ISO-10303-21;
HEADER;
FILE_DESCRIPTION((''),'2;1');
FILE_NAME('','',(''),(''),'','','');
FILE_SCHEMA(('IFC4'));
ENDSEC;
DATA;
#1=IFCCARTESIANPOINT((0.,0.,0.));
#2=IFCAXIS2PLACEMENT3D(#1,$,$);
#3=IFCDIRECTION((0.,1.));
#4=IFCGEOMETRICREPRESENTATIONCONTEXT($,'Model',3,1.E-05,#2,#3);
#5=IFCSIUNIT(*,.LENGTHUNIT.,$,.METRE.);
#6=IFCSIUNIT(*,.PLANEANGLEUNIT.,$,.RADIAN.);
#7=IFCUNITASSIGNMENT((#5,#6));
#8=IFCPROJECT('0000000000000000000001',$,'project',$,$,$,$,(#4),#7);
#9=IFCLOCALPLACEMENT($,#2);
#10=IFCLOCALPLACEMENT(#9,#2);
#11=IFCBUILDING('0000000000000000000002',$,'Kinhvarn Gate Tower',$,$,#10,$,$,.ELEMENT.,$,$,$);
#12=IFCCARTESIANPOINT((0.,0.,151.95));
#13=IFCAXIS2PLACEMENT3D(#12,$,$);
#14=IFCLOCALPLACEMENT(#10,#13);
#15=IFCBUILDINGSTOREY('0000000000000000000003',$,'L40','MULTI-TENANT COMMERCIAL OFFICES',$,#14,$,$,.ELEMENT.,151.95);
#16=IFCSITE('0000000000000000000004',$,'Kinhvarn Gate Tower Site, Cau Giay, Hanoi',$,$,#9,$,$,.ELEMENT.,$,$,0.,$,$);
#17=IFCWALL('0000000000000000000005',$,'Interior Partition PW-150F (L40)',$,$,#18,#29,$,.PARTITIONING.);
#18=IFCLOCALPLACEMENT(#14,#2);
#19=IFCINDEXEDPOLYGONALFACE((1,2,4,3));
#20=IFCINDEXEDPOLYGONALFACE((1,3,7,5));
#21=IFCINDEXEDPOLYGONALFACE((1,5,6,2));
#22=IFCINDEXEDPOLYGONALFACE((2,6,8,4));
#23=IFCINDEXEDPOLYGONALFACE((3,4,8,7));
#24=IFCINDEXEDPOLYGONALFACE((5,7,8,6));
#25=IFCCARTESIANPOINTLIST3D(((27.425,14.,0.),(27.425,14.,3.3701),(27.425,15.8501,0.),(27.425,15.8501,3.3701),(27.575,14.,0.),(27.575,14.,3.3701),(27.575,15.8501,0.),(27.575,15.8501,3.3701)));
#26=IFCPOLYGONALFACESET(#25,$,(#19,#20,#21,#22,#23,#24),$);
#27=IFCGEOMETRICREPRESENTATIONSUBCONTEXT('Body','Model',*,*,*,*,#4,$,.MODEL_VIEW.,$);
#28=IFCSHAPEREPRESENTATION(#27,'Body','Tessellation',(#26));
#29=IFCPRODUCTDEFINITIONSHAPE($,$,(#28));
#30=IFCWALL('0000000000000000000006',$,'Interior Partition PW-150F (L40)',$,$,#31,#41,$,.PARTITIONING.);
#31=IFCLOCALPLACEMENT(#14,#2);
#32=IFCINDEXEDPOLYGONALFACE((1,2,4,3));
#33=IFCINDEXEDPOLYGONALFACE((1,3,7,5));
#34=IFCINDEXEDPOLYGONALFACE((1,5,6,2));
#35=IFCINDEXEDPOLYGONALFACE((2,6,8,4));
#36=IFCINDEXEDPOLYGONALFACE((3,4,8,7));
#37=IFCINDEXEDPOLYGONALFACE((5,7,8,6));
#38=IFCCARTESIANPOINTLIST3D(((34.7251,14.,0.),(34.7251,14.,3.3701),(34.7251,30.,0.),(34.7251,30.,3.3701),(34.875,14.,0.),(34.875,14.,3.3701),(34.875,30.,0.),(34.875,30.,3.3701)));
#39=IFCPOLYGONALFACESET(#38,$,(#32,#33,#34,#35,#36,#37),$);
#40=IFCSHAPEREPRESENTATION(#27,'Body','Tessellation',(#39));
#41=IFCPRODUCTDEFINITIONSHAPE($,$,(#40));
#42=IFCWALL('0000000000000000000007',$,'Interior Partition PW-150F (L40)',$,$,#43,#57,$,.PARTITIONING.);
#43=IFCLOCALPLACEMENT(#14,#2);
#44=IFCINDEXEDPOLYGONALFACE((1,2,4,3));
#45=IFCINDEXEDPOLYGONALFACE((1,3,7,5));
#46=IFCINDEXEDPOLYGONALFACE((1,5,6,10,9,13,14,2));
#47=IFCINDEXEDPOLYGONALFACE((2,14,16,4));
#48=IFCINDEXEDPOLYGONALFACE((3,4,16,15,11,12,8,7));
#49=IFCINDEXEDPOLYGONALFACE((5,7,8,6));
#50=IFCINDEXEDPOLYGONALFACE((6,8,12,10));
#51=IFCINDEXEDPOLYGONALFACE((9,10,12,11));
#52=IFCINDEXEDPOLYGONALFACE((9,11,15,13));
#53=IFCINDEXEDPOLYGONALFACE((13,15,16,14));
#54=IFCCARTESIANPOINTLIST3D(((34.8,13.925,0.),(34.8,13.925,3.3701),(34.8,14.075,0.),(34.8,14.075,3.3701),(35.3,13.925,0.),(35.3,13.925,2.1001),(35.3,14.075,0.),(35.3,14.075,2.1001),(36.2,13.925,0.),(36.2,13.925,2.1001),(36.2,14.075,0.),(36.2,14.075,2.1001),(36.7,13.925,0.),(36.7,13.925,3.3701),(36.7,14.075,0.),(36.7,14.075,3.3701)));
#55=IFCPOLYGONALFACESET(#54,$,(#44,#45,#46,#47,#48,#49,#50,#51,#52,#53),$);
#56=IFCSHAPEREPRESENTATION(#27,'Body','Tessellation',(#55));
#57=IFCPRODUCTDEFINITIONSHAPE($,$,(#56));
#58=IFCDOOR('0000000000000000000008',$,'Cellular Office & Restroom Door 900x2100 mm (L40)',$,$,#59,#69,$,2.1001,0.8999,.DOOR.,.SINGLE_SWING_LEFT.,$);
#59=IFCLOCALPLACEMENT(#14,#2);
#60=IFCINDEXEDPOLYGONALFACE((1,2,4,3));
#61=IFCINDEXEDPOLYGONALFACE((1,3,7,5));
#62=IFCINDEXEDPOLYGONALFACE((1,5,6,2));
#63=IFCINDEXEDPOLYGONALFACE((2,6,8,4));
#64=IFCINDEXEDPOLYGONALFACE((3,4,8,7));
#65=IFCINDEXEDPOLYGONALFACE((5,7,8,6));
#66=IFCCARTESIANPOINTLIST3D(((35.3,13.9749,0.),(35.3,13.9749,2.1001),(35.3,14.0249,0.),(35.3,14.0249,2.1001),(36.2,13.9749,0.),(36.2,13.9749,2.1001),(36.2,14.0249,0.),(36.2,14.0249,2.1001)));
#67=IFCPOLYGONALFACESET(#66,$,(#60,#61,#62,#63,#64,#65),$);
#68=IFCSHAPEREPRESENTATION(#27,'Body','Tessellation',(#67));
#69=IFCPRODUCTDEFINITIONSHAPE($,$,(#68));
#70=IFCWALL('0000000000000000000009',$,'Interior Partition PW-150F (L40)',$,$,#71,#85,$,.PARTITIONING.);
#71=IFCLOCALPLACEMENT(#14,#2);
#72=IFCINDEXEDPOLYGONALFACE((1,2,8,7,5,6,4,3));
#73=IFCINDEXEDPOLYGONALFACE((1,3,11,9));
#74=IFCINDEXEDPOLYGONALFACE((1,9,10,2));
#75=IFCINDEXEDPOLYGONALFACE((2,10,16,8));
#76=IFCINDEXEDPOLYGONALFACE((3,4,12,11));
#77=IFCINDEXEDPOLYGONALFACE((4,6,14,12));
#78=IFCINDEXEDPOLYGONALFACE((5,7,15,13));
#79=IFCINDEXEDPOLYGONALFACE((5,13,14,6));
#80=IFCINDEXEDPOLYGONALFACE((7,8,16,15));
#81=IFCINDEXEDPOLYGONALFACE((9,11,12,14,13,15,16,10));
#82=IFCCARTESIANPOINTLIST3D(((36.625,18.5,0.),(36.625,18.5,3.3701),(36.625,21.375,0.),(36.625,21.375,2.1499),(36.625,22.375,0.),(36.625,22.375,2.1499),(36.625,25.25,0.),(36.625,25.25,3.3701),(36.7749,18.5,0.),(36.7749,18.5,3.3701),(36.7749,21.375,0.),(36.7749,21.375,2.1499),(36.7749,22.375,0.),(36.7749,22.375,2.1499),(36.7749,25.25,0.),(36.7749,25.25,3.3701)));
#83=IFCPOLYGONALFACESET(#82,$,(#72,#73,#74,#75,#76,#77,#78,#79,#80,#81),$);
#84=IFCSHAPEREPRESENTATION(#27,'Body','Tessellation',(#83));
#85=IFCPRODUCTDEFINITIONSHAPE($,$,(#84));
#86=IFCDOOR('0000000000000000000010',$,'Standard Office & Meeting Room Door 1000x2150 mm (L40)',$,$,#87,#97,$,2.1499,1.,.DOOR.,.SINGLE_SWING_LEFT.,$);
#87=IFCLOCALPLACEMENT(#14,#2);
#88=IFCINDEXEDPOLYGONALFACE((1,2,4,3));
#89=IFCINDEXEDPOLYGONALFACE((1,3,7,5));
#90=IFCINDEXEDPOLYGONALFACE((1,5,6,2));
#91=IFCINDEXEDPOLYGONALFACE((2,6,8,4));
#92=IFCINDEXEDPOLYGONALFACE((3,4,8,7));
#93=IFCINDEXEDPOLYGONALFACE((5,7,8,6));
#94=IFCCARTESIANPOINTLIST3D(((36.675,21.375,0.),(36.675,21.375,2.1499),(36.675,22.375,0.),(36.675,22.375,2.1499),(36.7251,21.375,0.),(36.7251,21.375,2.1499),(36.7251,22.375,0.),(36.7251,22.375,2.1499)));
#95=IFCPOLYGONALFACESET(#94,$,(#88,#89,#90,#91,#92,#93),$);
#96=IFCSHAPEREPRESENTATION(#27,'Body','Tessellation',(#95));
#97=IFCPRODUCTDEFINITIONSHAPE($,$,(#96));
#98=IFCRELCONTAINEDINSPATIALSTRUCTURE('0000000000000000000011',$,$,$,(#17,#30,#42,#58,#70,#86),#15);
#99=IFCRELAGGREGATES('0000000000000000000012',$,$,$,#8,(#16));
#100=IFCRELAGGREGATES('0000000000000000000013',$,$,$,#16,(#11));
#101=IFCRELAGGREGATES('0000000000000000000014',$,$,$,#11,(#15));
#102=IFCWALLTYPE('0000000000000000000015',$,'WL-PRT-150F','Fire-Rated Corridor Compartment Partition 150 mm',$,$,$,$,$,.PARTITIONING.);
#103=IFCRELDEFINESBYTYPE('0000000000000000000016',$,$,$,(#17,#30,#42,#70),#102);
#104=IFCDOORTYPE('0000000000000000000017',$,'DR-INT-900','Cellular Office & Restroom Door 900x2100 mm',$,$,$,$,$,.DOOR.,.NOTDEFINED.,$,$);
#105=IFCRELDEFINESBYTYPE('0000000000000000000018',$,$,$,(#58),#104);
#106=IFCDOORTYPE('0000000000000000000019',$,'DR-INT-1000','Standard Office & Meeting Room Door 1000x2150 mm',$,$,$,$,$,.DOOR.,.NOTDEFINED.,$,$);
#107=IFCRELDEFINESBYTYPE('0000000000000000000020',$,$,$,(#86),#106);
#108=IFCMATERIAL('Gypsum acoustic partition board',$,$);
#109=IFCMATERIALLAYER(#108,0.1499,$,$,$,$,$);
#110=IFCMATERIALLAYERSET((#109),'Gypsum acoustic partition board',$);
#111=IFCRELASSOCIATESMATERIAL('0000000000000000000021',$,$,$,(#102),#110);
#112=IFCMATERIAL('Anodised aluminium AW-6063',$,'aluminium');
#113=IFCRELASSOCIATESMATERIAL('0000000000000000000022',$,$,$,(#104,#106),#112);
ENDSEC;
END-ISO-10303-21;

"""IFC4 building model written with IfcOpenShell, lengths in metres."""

from ifc_helpers import new_model, si_unit, direction, frame, frame_2d, origin, place, context, subcontext, project, spatial, rectangle, extrude, material, layer, layer_set, type_object, element, fill, save


model = new_model("IFC4")

# Units and contexts
model_context = context("Model", 3, precision=1e-05, world=origin(), true_north=direction((0.0, 1.0)))
body_context = subcontext(model_context, "Body", "Model", "MODEL_VIEW")
ifc_project = project(units=[si_unit("LENGTHUNIT", "METRE"), si_unit("PLANEANGLEUNIT", "RADIAN")], contexts=[model_context])

# Site, building, storey
site_placement = place(None, origin())
site = spatial("IfcSite", under=ifc_project, at=site_placement, Name="Kinhvarn Gate Tower Site, Cau Giay, Hanoi", CompositionType="ELEMENT", RefElevation=0.0)
building_placement = place(site_placement, origin())
building = spatial("IfcBuilding", under=site, at=building_placement, Name="Kinhvarn Gate Tower", CompositionType="ELEMENT")
storey_placement = place(building_placement, frame((0.0, 0.0, 151.95)))
storey = spatial("IfcBuildingStorey", under=building, at=storey_placement, Name="L40", Description="MULTI-TENANT COMMERCIAL OFFICES", CompositionType="ELEMENT", Elevation=151.95)

# Walls
ifc_material_1 = material(Name="Gypsum acoustic partition board")
ifc_layer_1 = layer(ifc_material_1, 0.1499)
ifc_layer_set_1 = layer_set([ifc_layer_1], Name="Gypsum acoustic partition board")
wall_type_1 = type_object("IfcWallType", Name="WL-PRT-150F", Description="Fire-Rated Corridor Compartment Partition 150 mm", PredefinedType="PARTITIONING", material=ifc_layer_set_1)
wall_1_placement = place(storey_placement, frame((27.5, 14.0, 0.0), z_axis=(0.0, 0.0, 1.0), x_axis=(0.0, 1.0, 0.0)))
element("IfcWall", 1, at=wall_1_placement, inside=storey, type_object=wall_type_1, Name="Interior Partition PW-150F (L40)", PredefinedType="PARTITIONING", context=body_context, shape_type="SweptSolid", body=[
    extrude(rectangle(XDim=1.8501, YDim=0.1499, at=frame_2d((0.925, 0.0))), origin(), (0.0, 0.0, 1.0), 3.3701),
])
wall_2_placement = place(storey_placement, frame((34.8, 14.0, 0.0), z_axis=(0.0, 0.0, 1.0), x_axis=(0.0, 1.0, 0.0)))
element("IfcWall", 2, at=wall_2_placement, inside=storey, type_object=wall_type_1, Name="Interior Partition PW-150F (L40)", PredefinedType="PARTITIONING", context=body_context, shape_type="SweptSolid", body=[
    extrude(rectangle(XDim=16.0, YDim=0.1499, at=frame_2d((8.0, 0.0))), origin(), (0.0, 0.0, 1.0), 3.3701),
])

# Walls, openings, doors
wall_3_placement = place(storey_placement, frame((34.8, 14.0, 0.0), z_axis=(0.0, 0.0, 1.0), x_axis=(1.0, 0.0, 0.0)))
wall_3 = element("IfcWall", 3, at=wall_3_placement, inside=storey, type_object=wall_type_1, Name="Interior Partition PW-150F (L40)", PredefinedType="PARTITIONING", context=body_context, shape_type="SweptSolid", body=[
    extrude(rectangle(XDim=1.8999, YDim=0.1499, at=frame_2d((0.95, 0.0))), origin(), (0.0, 0.0, 1.0), 3.3701),
])
opening_1_placement = place(wall_3_placement, frame((0.5, 0.0, 0.0)))
opening_1 = element("IfcOpeningElement", 4, at=opening_1_placement, cuts=wall_3, PredefinedType="OPENING", context=body_context, shape_type="SweptSolid", body=[
    extrude(rectangle(XDim=0.8999, YDim=2.1001, at=frame_2d((0.45, 1.05))), frame((0.0, 0.085, 0.0), z_axis=(0.0, -1.0, 0.0), x_axis=(1.0, 0.0, 0.0)), (0.0, 0.0, 1.0), 0.1699),
])
ifc_material_2 = material(Name="Anodised aluminium AW-6063", Category="aluminium")
door_type_1 = type_object("IfcDoorType", Name="DR-INT-900", Description="Cellular Office & Restroom Door 900x2100 mm", OperationType="NOTDEFINED", PredefinedType="DOOR", material=ifc_material_2)
door_1_placement = place(opening_1_placement, origin())
door_1 = element("IfcDoor", 5, at=door_1_placement, inside=storey, type_object=door_type_1, Name="Cellular Office & Restroom Door 900x2100 mm (L40)", OperationType="SINGLE_SWING_LEFT", OverallHeight=2.1001, OverallWidth=0.8999, PredefinedType="DOOR", context=body_context, shape_type="SweptSolid", body=[
    extrude(rectangle(XDim=0.8999, YDim=2.1001, at=frame_2d((0.45, 1.05))), frame((0.0, 0.0249, 0.0), z_axis=(0.0, -1.0, 0.0), x_axis=(1.0, 0.0, 0.0)), (0.0, 0.0, 1.0), 0.05),
])
fill(opening_1, door_1)
door_type_2 = type_object("IfcDoorType", Name="DR-INT-1000", Description="Standard Office & Meeting Room Door 1000x2150 mm", OperationType="NOTDEFINED", PredefinedType="DOOR", material=ifc_material_2)
wall_4_placement = place(storey_placement, frame((36.7, 18.5, 0.0), z_axis=(0.0, 0.0, 1.0), x_axis=(0.0, 1.0, 0.0)))
wall_4 = element("IfcWall", 6, at=wall_4_placement, inside=storey, type_object=wall_type_1, Name="Interior Partition PW-150F (L40)", PredefinedType="PARTITIONING", context=body_context, shape_type="SweptSolid", body=[
    extrude(rectangle(XDim=6.75, YDim=0.1499, at=frame_2d((3.375, 0.0))), origin(), (0.0, 0.0, 1.0), 3.3701),
])
opening_2_placement = place(wall_4_placement, frame((2.875, 0.0, 0.0)))
opening_2 = element("IfcOpeningElement", 7, at=opening_2_placement, cuts=wall_4, PredefinedType="OPENING", context=body_context, shape_type="SweptSolid", body=[
    extrude(rectangle(XDim=1.0, YDim=2.1499, at=frame_2d((0.5, 1.075))), frame((0.0, 0.085, 0.0), z_axis=(0.0, -1.0, 0.0), x_axis=(1.0, 0.0, 0.0)), (0.0, 0.0, 1.0), 0.1699),
])
door_2_placement = place(opening_2_placement, origin())
door_2 = element("IfcDoor", 8, at=door_2_placement, inside=storey, type_object=door_type_2, Name="Standard Office & Meeting Room Door 1000x2150 mm (L40)", OperationType="SINGLE_SWING_LEFT", OverallHeight=2.1499, OverallWidth=1.0, PredefinedType="DOOR", context=body_context, shape_type="SweptSolid", body=[
    extrude(rectangle(XDim=1.0, YDim=2.1499, at=frame_2d((0.5, 1.075))), frame((0.0, 0.0249, 0.0), z_axis=(0.0, -1.0, 0.0), x_axis=(1.0, 0.0, 0.0)), (0.0, 0.0, 1.0), 0.05),
])
fill(opening_2, door_2)

save(model, "model.ifc")
